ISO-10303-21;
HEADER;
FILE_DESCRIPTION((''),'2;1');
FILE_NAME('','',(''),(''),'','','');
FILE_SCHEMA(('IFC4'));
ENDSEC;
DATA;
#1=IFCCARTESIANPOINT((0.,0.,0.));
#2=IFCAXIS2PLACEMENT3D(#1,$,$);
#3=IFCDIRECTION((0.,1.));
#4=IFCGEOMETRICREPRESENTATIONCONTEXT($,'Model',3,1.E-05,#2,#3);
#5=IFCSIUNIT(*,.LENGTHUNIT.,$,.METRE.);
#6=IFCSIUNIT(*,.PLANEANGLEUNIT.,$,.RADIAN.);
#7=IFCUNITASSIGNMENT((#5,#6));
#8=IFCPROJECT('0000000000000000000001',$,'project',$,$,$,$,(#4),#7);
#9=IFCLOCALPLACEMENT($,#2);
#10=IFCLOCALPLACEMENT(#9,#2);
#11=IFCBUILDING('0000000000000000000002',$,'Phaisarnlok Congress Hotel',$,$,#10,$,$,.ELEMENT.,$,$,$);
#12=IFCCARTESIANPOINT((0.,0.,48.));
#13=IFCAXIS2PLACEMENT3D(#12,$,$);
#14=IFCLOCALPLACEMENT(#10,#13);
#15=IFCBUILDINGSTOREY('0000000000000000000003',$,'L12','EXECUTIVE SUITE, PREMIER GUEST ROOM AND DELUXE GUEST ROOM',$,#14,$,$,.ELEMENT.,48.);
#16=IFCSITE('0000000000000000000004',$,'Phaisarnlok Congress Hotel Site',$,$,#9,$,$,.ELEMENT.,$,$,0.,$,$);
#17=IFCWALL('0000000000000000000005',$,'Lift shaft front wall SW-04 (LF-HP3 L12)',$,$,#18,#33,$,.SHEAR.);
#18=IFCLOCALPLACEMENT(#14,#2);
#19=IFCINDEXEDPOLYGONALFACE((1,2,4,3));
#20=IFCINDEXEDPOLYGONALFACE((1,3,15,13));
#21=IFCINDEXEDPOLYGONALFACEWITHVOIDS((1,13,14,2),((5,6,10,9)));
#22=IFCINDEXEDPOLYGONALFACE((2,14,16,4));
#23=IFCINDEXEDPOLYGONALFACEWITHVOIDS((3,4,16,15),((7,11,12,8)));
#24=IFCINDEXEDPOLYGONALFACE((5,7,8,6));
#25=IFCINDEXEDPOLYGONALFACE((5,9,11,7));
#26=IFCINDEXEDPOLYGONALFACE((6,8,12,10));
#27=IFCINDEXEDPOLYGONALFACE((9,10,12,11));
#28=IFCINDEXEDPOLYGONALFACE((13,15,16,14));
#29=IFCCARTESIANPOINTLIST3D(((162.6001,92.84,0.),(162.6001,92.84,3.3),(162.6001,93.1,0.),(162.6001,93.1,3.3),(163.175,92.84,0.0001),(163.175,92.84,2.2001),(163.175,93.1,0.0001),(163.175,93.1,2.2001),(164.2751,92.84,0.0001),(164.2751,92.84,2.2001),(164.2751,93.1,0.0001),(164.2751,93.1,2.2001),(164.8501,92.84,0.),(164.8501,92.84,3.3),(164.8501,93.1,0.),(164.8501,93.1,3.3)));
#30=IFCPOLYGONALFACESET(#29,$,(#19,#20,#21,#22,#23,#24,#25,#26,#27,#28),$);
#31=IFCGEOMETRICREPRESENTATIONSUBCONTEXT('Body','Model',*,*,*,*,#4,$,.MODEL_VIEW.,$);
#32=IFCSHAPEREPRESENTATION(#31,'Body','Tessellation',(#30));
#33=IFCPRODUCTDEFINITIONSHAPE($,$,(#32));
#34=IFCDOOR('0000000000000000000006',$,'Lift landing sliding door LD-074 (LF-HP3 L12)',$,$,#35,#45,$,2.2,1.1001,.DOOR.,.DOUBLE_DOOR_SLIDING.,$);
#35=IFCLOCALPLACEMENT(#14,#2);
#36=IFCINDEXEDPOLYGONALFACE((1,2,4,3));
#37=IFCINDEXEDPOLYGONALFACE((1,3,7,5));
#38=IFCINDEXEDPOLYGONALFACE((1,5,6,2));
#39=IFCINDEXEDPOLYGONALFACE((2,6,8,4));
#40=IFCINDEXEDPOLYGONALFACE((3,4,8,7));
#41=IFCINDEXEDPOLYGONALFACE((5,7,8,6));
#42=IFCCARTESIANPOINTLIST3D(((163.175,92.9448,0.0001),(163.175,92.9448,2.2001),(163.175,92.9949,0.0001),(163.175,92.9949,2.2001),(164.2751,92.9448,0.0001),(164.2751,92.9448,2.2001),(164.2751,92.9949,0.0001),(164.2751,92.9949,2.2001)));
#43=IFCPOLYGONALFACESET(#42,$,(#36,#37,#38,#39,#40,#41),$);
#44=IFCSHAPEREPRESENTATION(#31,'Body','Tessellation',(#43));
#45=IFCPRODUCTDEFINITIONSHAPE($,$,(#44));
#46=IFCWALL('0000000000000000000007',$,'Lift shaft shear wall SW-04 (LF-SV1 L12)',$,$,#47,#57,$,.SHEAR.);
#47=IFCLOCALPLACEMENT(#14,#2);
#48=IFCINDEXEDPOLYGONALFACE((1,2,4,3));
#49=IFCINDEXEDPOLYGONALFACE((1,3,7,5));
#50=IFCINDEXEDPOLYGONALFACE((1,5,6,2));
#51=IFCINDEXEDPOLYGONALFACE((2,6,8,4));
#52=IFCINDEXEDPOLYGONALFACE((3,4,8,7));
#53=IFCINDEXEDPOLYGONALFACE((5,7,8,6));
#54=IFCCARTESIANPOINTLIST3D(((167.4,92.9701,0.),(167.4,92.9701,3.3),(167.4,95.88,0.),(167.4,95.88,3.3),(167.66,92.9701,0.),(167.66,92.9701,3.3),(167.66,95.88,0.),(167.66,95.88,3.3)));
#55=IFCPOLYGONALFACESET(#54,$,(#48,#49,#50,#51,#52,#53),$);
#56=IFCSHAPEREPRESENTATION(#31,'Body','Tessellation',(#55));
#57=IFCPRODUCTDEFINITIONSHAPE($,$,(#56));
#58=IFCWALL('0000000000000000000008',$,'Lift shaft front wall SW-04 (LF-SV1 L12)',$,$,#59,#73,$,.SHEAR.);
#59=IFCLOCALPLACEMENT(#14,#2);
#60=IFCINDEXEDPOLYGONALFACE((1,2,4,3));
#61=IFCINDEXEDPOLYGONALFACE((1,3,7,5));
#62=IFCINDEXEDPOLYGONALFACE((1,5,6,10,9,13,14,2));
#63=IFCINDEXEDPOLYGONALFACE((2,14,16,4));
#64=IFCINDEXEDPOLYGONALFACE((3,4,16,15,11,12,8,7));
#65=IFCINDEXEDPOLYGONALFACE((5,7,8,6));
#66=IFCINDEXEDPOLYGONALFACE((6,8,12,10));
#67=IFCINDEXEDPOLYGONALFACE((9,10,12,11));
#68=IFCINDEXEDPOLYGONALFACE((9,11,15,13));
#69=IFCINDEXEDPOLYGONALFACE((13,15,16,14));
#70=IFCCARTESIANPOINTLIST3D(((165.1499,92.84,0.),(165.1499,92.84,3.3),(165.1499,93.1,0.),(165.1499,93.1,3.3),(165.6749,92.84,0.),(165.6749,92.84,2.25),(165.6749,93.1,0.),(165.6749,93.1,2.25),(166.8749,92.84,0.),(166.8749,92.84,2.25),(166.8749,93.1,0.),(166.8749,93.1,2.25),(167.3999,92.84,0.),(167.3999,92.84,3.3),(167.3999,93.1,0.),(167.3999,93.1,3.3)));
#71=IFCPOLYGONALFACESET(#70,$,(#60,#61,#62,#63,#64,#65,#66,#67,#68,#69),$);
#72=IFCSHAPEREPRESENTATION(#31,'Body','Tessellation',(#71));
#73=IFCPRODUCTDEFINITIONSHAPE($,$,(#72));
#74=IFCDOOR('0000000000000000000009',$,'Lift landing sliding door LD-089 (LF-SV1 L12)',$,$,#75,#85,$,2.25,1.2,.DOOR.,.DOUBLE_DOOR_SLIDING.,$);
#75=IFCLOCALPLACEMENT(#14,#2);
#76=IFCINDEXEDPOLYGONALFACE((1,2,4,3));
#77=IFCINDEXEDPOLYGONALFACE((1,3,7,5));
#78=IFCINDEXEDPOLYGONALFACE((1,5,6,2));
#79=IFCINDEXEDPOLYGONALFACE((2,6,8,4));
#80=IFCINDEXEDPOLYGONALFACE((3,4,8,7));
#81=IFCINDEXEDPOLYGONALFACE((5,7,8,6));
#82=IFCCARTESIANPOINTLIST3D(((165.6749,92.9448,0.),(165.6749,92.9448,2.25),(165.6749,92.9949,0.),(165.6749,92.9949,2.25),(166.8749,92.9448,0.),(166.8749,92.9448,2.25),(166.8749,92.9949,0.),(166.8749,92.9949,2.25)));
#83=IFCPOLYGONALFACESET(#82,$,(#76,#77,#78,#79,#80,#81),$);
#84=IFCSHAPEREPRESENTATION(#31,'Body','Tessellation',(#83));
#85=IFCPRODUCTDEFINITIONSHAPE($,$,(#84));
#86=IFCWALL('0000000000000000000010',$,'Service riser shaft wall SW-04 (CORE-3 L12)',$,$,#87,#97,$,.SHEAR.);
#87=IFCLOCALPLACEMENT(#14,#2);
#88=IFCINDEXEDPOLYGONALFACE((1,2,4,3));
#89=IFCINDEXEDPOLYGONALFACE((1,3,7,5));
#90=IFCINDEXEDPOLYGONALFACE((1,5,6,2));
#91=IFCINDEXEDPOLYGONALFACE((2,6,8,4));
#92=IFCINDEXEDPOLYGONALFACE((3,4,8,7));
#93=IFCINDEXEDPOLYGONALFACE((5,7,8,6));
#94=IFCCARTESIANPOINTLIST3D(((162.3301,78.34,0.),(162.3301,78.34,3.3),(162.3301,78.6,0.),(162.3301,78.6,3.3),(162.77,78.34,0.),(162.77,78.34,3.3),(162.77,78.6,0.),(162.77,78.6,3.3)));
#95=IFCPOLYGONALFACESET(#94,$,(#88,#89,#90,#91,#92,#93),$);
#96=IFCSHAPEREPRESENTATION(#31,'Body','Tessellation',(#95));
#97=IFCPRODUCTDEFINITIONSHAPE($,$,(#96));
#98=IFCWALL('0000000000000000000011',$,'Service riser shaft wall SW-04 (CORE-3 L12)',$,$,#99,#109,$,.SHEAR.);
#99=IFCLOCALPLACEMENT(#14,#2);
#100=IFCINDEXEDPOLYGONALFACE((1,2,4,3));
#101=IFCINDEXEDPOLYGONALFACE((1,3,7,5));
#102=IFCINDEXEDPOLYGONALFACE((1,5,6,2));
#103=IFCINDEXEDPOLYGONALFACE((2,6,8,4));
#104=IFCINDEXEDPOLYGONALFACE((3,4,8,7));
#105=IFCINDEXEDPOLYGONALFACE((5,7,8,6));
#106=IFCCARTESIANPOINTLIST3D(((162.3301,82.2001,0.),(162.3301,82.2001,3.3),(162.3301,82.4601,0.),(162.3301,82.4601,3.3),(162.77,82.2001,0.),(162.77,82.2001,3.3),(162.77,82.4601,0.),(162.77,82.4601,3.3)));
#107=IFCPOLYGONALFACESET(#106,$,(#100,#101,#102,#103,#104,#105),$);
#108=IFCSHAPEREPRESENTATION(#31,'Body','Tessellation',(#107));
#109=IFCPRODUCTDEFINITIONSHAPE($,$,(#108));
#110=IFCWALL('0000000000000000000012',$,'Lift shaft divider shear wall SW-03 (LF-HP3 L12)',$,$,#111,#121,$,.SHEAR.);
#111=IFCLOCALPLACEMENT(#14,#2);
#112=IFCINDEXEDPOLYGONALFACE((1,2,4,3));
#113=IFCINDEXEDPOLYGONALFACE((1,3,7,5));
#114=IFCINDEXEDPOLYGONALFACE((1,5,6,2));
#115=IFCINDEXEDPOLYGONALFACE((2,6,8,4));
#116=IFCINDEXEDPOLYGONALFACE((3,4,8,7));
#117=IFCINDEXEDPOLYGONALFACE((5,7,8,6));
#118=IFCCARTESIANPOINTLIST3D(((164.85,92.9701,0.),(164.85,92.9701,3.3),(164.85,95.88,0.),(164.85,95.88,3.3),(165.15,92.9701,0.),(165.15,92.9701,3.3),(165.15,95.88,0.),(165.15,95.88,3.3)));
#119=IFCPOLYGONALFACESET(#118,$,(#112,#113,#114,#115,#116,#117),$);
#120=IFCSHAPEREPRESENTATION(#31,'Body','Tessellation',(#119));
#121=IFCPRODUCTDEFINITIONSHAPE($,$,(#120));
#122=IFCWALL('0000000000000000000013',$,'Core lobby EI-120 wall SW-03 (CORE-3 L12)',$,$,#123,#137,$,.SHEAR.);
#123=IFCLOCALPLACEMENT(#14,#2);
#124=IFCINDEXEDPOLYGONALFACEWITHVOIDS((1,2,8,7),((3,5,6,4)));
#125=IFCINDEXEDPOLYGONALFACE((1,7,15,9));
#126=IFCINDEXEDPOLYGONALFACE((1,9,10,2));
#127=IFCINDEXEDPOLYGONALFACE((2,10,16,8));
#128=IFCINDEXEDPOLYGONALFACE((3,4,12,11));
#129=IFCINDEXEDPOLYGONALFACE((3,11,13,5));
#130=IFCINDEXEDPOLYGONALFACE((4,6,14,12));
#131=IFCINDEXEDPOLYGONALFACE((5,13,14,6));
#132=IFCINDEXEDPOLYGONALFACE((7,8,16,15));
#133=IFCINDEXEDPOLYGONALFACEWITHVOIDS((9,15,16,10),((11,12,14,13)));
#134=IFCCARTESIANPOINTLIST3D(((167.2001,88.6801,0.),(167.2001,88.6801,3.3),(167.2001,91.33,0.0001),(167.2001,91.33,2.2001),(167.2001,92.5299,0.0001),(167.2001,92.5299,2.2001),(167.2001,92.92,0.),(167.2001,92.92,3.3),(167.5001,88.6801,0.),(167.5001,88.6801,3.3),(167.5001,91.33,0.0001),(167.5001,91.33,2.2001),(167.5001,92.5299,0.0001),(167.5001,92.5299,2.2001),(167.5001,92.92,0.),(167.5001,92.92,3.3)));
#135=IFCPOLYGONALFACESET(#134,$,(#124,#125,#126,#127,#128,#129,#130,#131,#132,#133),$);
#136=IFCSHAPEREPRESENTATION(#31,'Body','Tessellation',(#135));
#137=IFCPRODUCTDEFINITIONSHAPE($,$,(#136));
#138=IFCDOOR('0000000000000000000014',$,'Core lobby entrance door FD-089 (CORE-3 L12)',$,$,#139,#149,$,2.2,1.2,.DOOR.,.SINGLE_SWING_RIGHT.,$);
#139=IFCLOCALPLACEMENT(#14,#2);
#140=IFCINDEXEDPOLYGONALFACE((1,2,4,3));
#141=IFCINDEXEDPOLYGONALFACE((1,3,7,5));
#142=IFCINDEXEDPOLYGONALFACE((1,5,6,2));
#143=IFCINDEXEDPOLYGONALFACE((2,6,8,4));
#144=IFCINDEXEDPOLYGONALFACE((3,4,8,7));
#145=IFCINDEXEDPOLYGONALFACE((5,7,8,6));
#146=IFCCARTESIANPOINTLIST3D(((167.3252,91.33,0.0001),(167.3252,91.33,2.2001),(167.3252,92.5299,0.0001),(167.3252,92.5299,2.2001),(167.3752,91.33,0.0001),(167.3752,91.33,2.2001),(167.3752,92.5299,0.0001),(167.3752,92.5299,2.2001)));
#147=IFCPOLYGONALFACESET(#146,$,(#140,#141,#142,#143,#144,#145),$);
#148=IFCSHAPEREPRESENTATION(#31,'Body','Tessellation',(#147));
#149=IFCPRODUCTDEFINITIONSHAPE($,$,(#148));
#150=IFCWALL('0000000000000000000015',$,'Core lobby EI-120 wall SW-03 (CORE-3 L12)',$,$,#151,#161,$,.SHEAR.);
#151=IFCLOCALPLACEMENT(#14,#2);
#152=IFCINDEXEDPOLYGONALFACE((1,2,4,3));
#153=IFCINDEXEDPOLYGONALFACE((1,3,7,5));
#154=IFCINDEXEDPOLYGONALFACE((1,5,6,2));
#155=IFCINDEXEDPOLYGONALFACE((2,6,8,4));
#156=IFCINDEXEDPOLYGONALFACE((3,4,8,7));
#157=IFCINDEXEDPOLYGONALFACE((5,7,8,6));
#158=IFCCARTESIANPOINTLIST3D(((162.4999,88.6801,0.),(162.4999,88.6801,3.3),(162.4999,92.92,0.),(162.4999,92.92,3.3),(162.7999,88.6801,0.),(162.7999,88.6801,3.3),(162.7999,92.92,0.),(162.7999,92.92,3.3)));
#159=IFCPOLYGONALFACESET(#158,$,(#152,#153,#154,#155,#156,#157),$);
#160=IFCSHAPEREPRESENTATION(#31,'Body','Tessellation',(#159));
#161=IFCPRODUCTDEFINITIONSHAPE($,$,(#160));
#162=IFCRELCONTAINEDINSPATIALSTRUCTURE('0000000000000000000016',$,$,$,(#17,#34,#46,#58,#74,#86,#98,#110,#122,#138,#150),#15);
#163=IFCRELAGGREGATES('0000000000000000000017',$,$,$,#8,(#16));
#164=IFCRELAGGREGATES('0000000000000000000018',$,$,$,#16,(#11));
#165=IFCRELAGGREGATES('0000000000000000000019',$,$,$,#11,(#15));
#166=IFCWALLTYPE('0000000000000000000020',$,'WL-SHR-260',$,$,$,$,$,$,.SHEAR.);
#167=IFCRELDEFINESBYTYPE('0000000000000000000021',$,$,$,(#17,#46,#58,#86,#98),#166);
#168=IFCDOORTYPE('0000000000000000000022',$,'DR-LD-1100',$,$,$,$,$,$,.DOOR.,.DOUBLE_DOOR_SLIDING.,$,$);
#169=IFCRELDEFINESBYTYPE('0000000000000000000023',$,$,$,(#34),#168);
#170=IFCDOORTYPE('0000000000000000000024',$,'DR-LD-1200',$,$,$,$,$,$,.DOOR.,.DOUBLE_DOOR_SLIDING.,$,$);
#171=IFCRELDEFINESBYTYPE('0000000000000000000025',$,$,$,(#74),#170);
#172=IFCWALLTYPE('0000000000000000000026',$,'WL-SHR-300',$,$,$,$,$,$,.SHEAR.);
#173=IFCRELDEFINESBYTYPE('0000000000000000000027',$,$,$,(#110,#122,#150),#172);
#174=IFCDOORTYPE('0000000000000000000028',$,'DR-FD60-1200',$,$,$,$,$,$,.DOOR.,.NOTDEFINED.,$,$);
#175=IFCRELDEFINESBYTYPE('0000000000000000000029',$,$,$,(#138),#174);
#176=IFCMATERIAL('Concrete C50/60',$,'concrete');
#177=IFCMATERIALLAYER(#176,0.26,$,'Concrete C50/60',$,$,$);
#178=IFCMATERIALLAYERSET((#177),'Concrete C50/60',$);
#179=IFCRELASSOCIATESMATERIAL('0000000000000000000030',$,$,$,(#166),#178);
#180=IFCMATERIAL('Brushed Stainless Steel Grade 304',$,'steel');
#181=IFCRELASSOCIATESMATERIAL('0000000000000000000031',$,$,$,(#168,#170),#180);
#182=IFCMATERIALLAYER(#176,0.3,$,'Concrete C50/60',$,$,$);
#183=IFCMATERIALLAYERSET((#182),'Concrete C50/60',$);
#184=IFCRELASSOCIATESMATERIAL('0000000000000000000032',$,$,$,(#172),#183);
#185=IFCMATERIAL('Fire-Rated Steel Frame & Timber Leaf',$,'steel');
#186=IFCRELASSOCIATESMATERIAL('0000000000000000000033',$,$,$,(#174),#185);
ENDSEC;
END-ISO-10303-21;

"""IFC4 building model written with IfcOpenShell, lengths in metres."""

from ifc_helpers import new_model, si_unit, direction, frame, frame_2d, origin, place, context, subcontext, project, spatial, rectangle, extrude, material, layer, layer_set, type_object, element, fill, save


model = new_model("IFC4")

# Units and contexts
model_context = context("Model", 3, precision=1e-05, world=origin(), true_north=direction((0.0, 1.0)))
body_context = subcontext(model_context, "Body", "Model", "MODEL_VIEW")
ifc_project = project(units=[si_unit("LENGTHUNIT", "METRE"), si_unit("PLANEANGLEUNIT", "RADIAN")], contexts=[model_context])

# Site, building, storey
site_placement = place(None, origin())
site = spatial("IfcSite", under=ifc_project, at=site_placement, Name="Phaisarnlok Congress Hotel Site", CompositionType="ELEMENT", RefElevation=0.0)
building_placement = place(site_placement, origin())
building = spatial("IfcBuilding", under=site, at=building_placement, Name="Phaisarnlok Congress Hotel", CompositionType="ELEMENT")
storey_placement = place(building_placement, frame((0.0, 0.0, 48.0)))
storey = spatial("IfcBuildingStorey", under=building, at=storey_placement, Name="L12", Description="EXECUTIVE SUITE, PREMIER GUEST ROOM AND DELUXE GUEST ROOM", CompositionType="ELEMENT", Elevation=48.0)

# Shared definitions
ifc_material_1 = material(Name="Concrete C50/60", Category="concrete")

# Shared definitions
ifc_layer_1 = layer(ifc_material_1, 0.26, Name="Concrete C50/60")
ifc_layer_set_1 = layer_set([ifc_layer_1], Name="Concrete C50/60")
wall_type_1 = type_object("IfcWallType", Name="WL-SHR-260", PredefinedType="SHEAR", material=ifc_layer_set_1)
ifc_material_2 = material(Name="Fire-Rated Steel Frame & Timber Leaf", Category="steel")

# Wall, opening, door
wall_1_placement = place(storey_placement, frame((162.6001, 92.97, 0.0), z_axis=(0.0, 0.0, 1.0), x_axis=(1.0, 0.0, 0.0)))
wall_1 = element("IfcWall", 1, at=wall_1_placement, inside=storey, type_object=wall_type_1, Name="Lift shaft front wall SW-04 (LF-HP3 L12)", PredefinedType="SHEAR", context=body_context, shape_type="SweptSolid", body=[
    extrude(rectangle(XDim=2.25, YDim=0.26, at=frame_2d((1.125, 0.0))), origin(), (0.0, 0.0, 1.0), 3.3),
])
opening_1_placement = place(wall_1_placement, frame((0.575, 0.0, 0.0)))
opening_1 = element("IfcOpeningElement", 2, at=opening_1_placement, cuts=wall_1, PredefinedType="OPENING", context=body_context, shape_type="SweptSolid", body=[
    extrude(rectangle(XDim=1.1001, YDim=2.2, at=frame_2d((0.55, 1.1001))), frame((0.0, 0.1401, 0.0), z_axis=(0.0, -1.0, 0.0), x_axis=(1.0, 0.0, 0.0)), (0.0, 0.0, 1.0), 0.28),
])
ifc_material_3 = material(Name="Brushed Stainless Steel Grade 304", Category="steel")
door_type_1 = type_object("IfcDoorType", Name="DR-LD-1100", OperationType="DOUBLE_DOOR_SLIDING", PredefinedType="DOOR", material=ifc_material_3)
door_1_placement = place(opening_1_placement, origin())
door_1 = element("IfcDoor", 3, at=door_1_placement, inside=storey, type_object=door_type_1, Name="Lift landing sliding door LD-074 (LF-HP3 L12)", OperationType="DOUBLE_DOOR_SLIDING", OverallHeight=2.2, OverallWidth=1.1001, PredefinedType="DOOR", context=body_context, shape_type="SweptSolid", body=[
    extrude(rectangle(XDim=1.1001, YDim=2.2, at=frame_2d((0.55, 1.1001))), frame((0.0, 0.0249, 0.0), z_axis=(0.0, -1.0, 0.0), x_axis=(1.0, 0.0, 0.0)), (0.0, 0.0, 1.0), 0.05),
])
fill(opening_1, door_1)

# Wall
wall_2_placement = place(storey_placement, frame((167.53, 92.97, 0.0), z_axis=(0.0, 0.0, 1.0), x_axis=(0.0, 1.0, 0.0)))
element("IfcWall", 4, at=wall_2_placement, inside=storey, type_object=wall_type_1, Name="Lift shaft shear wall SW-04 (LF-SV1 L12)", PredefinedType="SHEAR", context=body_context, shape_type="SweptSolid", body=[
    extrude(rectangle(XDim=2.9099, YDim=0.26, at=frame_2d((1.4551, 0.0))), origin(), (0.0, 0.0, 1.0), 3.3),
])

# Wall, opening, door
wall_3_placement = place(storey_placement, frame((165.1499, 92.97, 0.0), z_axis=(0.0, 0.0, 1.0), x_axis=(1.0, 0.0, 0.0)))
wall_3 = element("IfcWall", 5, at=wall_3_placement, inside=storey, type_object=wall_type_1, Name="Lift shaft front wall SW-04 (LF-SV1 L12)", PredefinedType="SHEAR", context=body_context, shape_type="SweptSolid", body=[
    extrude(rectangle(XDim=2.25, YDim=0.26, at=frame_2d((1.125, 0.0))), origin(), (0.0, 0.0, 1.0), 3.3),
])
opening_2_placement = place(wall_3_placement, frame((0.5249, 0.0, 0.0)))
opening_2 = element("IfcOpeningElement", 6, at=opening_2_placement, cuts=wall_3, PredefinedType="OPENING", context=body_context, shape_type="SweptSolid", body=[
    extrude(rectangle(XDim=1.2, YDim=2.25, at=frame_2d((0.6001, 1.125))), frame((0.0, 0.1401, 0.0), z_axis=(0.0, -1.0, 0.0), x_axis=(1.0, 0.0, 0.0)), (0.0, 0.0, 1.0), 0.28),
])
door_type_2 = type_object("IfcDoorType", Name="DR-LD-1200", OperationType="DOUBLE_DOOR_SLIDING", PredefinedType="DOOR", material=ifc_material_3)
door_2_placement = place(opening_2_placement, origin())
door_2 = element("IfcDoor", 7, at=door_2_placement, inside=storey, type_object=door_type_2, Name="Lift landing sliding door LD-089 (LF-SV1 L12)", OperationType="DOUBLE_DOOR_SLIDING", OverallHeight=2.25, OverallWidth=1.2, PredefinedType="DOOR", context=body_context, shape_type="SweptSolid", body=[
    extrude(rectangle(XDim=1.2, YDim=2.25, at=frame_2d((0.6001, 1.125))), frame((0.0, 0.0249, 0.0), z_axis=(0.0, -1.0, 0.0), x_axis=(1.0, 0.0, 0.0)), (0.0, 0.0, 1.0), 0.05),
])
fill(opening_2, door_2)

# Walls
for number, where, z_axis, x_axis, name in (
    (8, (162.3301, 78.47, 0.0), (0.0, 0.0, 1.0), (1.0, 0.0, 0.0), "Service riser shaft wall SW-04 (CORE-3 L12)"),
    (9, (162.3301, 82.3301, 0.0), (0.0, 0.0, 1.0), (1.0, 0.0, 0.0), "Service riser shaft wall SW-04 (CORE-3 L12)"),
):
    element("IfcWall", number, at=place(storey_placement, frame(where, z_axis=z_axis, x_axis=x_axis)), inside=storey, type_object=wall_type_1, Name=name, PredefinedType="SHEAR", context=body_context, shape_type="SweptSolid", body=[
        extrude(rectangle(XDim=0.4399, YDim=0.26, at=frame_2d((0.22, 0.0))), origin(), (0.0, 0.0, 1.0), 3.3),
    ])
ifc_layer_2 = layer(ifc_material_1, 0.3, Name="Concrete C50/60")
ifc_layer_set_2 = layer_set([ifc_layer_2], Name="Concrete C50/60")
wall_type_2 = type_object("IfcWallType", Name="WL-SHR-300", PredefinedType="SHEAR", material=ifc_layer_set_2)
wall_4_placement = place(storey_placement, frame((165.0, 92.97, 0.0), z_axis=(0.0, 0.0, 1.0), x_axis=(0.0, 1.0, 0.0)))
element("IfcWall", 10, at=wall_4_placement, inside=storey, type_object=wall_type_2, Name="Lift shaft divider shear wall SW-03 (LF-HP3 L12)", PredefinedType="SHEAR", context=body_context, shape_type="SweptSolid", body=[
    extrude(rectangle(XDim=2.9099, YDim=0.3, at=frame_2d((1.4551, 0.0))), origin(), (0.0, 0.0, 1.0), 3.3),
])

# Wall, opening, door
wall_5_placement = place(storey_placement, frame((167.3501, 88.6799, 0.0), z_axis=(0.0, 0.0, 1.0), x_axis=(0.0, 1.0, 0.0)))
wall_5 = element("IfcWall", 11, at=wall_5_placement, inside=storey, type_object=wall_type_2, Name="Core lobby EI-120 wall SW-03 (CORE-3 L12)", PredefinedType="SHEAR", context=body_context, shape_type="SweptSolid", body=[
    extrude(rectangle(XDim=4.24, YDim=0.3, at=frame_2d((2.1201, 0.0))), origin(), (0.0, 0.0, 1.0), 3.3),
])
opening_3_placement = place(wall_5_placement, frame((2.6499, 0.0, 0.0)))
opening_3 = element("IfcOpeningElement", 12, at=opening_3_placement, cuts=wall_5, PredefinedType="OPENING", context=body_context, shape_type="SweptSolid", body=[
    extrude(rectangle(XDim=1.2, YDim=2.2, at=frame_2d((0.6001, 1.1001))), frame((0.0, 0.1602, 0.0), z_axis=(0.0, -1.0, 0.0), x_axis=(1.0, 0.0, 0.0)), (0.0, 0.0, 1.0), 0.3201),
])
door_type_3 = type_object("IfcDoorType", Name="DR-FD60-1200", OperationType="NOTDEFINED", PredefinedType="DOOR", material=ifc_material_2)
door_3_placement = place(opening_3_placement, origin())
door_3 = element("IfcDoor", 13, at=door_3_placement, inside=storey, type_object=door_type_3, Name="Core lobby entrance door FD-089 (CORE-3 L12)", OperationType="SINGLE_SWING_RIGHT", OverallHeight=2.2, OverallWidth=1.2, PredefinedType="DOOR", context=body_context, shape_type="SweptSolid", body=[
    extrude(rectangle(XDim=1.2, YDim=2.2, at=frame_2d((0.6001, 1.1001))), frame((0.0, 0.0249, 0.0), z_axis=(0.0, -1.0, 0.0), x_axis=(1.0, 0.0, 0.0)), (0.0, 0.0, 1.0), 0.05),
])
fill(opening_3, door_3)

# Wall
wall_6_placement = place(storey_placement, frame((162.6499, 88.6799, 0.0), z_axis=(0.0, 0.0, 1.0), x_axis=(0.0, 1.0, 0.0)))
element("IfcWall", 14, at=wall_6_placement, inside=storey, type_object=wall_type_2, Name="Core lobby EI-120 wall SW-03 (CORE-3 L12)", PredefinedType="SHEAR", context=body_context, shape_type="SweptSolid", body=[
    extrude(rectangle(XDim=4.24, YDim=0.3, at=frame_2d((2.1201, 0.0))), origin(), (0.0, 0.0, 1.0), 3.3),
])

save(model, "model.ifc")
